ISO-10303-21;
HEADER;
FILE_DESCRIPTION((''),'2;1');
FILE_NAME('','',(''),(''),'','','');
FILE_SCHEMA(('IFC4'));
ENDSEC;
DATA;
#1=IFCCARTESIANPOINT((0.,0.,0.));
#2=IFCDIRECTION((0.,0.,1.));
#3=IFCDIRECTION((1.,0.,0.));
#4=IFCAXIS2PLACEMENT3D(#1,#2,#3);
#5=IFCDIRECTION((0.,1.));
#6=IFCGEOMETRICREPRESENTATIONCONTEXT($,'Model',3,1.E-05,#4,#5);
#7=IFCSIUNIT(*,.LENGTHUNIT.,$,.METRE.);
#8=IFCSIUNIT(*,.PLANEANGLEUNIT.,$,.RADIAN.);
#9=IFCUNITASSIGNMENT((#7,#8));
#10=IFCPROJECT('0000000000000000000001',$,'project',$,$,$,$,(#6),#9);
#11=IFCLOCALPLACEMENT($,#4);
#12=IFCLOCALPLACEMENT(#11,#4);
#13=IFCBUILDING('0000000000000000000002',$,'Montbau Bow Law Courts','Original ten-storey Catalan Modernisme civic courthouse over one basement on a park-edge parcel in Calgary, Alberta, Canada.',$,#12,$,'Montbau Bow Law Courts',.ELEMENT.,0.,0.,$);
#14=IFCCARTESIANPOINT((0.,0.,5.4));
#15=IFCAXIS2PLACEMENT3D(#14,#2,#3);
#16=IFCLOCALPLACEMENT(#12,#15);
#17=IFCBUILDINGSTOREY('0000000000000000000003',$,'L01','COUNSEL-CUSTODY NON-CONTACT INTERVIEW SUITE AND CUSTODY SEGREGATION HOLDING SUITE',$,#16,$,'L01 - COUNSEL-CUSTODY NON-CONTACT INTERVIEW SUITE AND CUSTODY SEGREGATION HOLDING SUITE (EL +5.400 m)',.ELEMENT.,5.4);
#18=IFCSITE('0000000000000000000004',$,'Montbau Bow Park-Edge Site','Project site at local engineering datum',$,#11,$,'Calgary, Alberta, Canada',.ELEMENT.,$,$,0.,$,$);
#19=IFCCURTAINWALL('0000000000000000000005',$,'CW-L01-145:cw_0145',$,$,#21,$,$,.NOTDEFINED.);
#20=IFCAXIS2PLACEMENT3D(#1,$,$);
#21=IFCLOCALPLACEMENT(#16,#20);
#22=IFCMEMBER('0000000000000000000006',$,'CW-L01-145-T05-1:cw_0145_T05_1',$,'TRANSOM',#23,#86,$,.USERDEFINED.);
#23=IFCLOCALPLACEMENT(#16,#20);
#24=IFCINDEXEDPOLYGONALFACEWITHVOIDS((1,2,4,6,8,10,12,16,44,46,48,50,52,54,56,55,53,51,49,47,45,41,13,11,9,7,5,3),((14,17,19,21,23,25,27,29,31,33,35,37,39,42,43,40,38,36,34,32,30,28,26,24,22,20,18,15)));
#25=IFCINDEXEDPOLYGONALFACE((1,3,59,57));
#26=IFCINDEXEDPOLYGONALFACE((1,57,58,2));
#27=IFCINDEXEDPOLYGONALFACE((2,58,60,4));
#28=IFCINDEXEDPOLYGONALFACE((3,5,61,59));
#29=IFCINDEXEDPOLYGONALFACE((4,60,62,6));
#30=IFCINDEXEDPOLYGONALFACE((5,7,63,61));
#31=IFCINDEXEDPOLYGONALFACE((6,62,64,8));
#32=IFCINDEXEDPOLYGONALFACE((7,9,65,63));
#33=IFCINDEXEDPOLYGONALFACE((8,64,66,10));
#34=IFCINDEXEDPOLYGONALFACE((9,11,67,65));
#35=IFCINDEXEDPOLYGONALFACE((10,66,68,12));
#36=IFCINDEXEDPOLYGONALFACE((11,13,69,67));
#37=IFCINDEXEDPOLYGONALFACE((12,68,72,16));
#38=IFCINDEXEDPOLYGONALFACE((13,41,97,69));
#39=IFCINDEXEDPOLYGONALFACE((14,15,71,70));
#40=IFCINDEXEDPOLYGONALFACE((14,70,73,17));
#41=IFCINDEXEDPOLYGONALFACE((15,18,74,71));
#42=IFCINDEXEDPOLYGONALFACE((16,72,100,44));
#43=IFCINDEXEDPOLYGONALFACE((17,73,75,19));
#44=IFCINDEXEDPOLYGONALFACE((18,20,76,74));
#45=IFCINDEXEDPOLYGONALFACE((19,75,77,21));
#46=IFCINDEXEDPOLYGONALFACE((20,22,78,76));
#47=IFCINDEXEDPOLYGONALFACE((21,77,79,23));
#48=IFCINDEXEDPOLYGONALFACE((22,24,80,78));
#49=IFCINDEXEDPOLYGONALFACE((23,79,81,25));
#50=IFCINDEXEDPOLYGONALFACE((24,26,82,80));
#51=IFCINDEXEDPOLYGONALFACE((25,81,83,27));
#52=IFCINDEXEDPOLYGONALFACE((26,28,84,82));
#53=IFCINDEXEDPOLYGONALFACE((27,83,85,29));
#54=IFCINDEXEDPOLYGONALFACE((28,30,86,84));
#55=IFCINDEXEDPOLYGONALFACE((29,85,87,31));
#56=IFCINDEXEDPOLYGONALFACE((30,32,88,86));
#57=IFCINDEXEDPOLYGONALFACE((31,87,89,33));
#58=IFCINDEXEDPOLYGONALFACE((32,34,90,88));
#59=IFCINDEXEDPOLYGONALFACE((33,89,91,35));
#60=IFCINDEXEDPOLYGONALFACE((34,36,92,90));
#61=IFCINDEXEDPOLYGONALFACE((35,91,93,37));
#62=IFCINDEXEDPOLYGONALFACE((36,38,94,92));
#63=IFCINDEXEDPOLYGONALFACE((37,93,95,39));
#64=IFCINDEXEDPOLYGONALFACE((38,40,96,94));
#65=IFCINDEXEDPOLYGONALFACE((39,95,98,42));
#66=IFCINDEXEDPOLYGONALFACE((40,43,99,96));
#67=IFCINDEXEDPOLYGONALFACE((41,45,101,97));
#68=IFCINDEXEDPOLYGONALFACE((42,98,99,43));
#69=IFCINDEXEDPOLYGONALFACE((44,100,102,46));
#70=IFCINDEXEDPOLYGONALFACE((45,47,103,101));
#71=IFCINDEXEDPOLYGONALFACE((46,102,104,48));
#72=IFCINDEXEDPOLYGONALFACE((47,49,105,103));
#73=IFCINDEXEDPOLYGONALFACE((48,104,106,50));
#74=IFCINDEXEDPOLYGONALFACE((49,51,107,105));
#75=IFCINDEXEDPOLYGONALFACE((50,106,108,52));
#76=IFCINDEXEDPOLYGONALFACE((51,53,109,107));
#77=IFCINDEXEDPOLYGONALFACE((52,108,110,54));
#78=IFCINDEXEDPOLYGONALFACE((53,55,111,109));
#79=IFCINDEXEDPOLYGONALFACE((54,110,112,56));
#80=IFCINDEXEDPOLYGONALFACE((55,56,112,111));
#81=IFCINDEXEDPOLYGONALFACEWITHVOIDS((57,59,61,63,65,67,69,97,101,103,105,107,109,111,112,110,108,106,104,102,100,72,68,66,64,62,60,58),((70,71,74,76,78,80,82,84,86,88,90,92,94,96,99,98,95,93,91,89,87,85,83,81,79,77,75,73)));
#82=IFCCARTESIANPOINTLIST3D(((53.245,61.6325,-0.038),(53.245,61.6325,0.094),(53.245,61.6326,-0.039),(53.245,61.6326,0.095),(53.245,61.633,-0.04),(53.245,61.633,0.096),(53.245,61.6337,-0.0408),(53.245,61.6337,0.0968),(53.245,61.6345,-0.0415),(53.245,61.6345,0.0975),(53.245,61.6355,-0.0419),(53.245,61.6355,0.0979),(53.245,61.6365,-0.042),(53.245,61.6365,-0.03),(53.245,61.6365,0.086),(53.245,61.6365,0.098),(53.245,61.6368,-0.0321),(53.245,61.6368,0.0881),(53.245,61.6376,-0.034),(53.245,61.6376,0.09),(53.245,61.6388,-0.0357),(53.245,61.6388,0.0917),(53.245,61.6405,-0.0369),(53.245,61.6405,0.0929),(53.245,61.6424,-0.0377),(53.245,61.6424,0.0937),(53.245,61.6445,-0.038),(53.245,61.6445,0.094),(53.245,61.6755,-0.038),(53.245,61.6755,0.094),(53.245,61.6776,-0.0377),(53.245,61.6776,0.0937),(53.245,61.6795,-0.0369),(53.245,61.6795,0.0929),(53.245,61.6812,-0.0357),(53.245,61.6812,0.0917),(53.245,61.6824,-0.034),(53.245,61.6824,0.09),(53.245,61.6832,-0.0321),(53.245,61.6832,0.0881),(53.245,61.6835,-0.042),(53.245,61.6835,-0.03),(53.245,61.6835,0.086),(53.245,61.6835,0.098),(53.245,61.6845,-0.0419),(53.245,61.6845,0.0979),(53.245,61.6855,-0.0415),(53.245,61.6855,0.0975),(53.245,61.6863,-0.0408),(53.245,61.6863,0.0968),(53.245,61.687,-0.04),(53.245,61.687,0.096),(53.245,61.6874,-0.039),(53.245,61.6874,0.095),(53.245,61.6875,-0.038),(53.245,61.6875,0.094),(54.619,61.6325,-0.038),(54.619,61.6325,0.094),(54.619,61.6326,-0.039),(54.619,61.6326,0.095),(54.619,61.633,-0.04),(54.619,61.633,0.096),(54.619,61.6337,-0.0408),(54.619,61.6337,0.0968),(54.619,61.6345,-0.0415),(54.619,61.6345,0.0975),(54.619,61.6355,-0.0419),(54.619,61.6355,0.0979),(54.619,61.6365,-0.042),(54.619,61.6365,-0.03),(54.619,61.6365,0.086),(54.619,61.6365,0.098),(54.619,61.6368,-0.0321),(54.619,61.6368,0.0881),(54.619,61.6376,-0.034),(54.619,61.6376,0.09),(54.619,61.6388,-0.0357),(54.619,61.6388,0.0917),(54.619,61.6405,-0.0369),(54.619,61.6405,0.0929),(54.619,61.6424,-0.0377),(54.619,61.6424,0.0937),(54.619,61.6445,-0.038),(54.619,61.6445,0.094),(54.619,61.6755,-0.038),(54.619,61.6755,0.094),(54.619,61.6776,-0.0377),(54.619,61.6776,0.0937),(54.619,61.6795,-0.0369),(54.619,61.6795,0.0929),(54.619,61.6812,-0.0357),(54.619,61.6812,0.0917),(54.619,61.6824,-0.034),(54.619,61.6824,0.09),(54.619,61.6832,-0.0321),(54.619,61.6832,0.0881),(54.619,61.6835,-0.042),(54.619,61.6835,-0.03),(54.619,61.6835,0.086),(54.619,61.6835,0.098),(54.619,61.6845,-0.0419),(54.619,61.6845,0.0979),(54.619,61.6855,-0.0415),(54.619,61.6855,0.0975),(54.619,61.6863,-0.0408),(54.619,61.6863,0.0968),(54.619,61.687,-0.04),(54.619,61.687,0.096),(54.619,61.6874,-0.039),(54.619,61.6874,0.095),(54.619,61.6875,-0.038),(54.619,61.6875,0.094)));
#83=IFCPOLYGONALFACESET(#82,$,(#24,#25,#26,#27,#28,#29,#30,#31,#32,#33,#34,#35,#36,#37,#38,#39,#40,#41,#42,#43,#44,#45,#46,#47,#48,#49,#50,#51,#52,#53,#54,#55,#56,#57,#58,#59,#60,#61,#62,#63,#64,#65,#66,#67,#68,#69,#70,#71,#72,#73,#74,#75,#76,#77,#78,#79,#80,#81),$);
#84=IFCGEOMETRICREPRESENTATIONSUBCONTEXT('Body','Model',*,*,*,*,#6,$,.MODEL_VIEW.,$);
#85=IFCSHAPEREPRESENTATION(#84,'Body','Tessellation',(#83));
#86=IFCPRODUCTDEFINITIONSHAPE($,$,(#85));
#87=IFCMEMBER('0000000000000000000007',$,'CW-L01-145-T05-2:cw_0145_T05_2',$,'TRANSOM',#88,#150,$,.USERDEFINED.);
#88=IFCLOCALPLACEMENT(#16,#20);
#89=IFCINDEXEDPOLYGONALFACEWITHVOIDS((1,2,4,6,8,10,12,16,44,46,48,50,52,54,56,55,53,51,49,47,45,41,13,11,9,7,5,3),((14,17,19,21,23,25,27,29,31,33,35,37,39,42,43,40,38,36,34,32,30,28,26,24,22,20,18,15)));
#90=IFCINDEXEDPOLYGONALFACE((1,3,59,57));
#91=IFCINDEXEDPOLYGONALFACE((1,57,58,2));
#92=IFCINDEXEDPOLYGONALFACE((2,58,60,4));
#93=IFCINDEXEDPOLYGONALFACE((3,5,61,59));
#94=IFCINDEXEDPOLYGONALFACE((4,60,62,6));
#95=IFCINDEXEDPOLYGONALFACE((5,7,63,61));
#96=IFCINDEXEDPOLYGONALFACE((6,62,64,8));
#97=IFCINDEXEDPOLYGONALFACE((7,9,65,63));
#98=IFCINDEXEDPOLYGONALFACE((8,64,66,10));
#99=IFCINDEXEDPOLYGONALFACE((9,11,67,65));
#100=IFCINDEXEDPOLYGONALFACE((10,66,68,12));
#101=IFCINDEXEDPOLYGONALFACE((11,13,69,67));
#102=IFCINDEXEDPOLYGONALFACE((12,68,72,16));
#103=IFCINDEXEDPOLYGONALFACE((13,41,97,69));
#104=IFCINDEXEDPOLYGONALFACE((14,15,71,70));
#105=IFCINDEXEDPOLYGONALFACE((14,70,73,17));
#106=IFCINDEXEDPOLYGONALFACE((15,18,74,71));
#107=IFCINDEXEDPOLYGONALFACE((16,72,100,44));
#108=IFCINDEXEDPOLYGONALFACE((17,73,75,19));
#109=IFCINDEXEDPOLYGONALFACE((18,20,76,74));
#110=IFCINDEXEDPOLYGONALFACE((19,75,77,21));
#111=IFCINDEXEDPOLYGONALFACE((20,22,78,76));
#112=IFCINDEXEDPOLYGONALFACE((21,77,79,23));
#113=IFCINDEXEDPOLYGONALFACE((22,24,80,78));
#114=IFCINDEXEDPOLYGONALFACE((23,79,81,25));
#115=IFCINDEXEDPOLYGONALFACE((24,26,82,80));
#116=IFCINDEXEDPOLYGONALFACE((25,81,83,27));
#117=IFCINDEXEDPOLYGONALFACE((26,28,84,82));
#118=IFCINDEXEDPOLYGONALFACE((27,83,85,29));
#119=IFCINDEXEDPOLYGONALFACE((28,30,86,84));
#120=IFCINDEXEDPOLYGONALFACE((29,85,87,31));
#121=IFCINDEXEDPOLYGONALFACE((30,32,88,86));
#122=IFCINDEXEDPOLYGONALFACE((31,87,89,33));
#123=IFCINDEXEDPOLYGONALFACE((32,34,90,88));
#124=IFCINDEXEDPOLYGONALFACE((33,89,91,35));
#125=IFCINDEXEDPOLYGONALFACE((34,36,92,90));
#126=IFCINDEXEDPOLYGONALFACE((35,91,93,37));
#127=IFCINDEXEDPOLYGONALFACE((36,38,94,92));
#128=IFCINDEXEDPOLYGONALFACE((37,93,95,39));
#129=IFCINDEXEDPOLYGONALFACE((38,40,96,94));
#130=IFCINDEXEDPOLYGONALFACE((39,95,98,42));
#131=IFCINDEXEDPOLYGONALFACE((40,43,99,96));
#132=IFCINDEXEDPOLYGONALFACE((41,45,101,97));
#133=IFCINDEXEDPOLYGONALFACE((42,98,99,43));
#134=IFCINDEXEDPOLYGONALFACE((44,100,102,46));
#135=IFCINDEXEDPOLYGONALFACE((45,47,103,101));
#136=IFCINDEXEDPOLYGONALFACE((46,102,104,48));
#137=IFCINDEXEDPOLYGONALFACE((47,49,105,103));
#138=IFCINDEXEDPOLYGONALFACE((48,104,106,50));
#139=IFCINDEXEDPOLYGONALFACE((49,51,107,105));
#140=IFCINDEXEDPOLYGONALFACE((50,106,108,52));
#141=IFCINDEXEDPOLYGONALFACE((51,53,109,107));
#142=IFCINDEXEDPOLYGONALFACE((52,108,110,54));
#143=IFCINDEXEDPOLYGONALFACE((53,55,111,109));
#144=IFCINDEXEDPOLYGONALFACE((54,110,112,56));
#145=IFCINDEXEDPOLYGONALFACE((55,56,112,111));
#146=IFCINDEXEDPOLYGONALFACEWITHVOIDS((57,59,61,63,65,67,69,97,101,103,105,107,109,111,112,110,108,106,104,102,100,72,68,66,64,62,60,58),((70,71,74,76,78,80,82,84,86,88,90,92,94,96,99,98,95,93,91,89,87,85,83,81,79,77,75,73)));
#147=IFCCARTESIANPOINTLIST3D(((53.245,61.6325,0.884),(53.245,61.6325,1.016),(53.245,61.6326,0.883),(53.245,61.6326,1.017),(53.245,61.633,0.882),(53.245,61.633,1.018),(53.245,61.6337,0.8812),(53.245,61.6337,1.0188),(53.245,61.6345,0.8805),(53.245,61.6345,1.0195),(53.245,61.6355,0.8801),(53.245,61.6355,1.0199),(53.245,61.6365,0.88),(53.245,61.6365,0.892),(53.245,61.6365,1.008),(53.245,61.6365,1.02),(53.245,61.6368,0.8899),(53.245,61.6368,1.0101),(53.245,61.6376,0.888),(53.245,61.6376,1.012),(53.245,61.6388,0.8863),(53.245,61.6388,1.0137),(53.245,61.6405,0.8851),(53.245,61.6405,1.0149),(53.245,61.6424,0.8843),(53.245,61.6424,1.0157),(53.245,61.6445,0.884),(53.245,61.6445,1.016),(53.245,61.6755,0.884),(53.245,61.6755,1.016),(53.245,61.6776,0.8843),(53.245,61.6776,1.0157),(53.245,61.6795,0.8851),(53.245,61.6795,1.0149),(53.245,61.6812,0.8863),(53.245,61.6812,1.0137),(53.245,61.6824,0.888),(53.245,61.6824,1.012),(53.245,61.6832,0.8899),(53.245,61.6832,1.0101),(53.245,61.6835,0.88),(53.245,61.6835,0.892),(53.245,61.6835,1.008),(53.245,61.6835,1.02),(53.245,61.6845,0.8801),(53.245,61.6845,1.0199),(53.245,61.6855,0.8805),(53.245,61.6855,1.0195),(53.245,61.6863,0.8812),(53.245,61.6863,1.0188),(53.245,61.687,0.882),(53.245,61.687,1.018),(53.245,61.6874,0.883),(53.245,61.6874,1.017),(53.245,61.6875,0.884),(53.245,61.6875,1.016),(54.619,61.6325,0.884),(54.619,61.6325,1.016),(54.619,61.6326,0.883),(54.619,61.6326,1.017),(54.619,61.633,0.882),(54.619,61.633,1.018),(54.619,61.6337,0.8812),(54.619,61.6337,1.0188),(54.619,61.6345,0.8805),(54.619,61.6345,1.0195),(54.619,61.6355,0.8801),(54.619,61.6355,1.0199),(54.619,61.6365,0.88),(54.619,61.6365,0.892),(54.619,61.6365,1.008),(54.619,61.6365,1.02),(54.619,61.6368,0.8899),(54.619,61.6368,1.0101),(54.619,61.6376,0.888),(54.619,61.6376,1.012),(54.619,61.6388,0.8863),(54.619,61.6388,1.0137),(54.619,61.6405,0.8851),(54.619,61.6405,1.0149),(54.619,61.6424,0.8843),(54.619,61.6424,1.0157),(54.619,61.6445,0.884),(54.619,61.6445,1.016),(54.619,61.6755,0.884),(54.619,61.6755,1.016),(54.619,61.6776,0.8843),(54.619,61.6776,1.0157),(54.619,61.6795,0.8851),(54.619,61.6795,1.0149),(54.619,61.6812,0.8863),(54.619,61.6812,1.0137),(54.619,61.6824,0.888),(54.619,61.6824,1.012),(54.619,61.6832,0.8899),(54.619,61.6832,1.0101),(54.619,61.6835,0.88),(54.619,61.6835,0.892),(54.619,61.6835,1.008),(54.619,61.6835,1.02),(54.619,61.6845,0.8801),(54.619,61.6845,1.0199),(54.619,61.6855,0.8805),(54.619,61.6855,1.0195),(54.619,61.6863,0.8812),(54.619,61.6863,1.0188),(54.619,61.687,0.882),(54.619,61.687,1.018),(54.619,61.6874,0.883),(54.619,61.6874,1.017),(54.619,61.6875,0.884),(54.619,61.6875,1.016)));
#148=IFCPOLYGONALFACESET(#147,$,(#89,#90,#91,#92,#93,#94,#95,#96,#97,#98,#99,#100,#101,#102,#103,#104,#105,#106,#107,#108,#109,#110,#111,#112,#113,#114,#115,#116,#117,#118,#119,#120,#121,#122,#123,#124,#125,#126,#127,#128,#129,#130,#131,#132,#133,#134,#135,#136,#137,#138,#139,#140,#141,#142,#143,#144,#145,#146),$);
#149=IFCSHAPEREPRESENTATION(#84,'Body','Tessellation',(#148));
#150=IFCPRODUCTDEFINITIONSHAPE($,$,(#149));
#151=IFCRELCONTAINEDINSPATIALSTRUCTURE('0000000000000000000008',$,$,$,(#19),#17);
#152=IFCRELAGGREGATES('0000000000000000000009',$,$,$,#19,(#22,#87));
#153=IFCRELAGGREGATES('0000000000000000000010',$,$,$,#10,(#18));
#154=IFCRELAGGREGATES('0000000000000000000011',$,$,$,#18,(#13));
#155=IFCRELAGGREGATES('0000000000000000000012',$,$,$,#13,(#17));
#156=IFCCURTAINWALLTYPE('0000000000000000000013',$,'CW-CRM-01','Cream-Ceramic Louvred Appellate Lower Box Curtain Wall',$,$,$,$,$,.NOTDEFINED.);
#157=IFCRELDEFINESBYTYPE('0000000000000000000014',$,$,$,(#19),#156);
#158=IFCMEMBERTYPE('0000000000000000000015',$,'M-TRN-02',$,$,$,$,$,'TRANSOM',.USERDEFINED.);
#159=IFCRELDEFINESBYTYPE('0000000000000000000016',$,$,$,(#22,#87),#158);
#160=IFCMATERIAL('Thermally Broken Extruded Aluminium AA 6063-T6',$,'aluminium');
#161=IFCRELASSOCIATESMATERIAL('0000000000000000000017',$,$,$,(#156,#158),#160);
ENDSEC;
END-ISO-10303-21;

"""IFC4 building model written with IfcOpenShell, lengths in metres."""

from ifc_helpers import new_model, si_unit, direction, frame, origin_with_axes, origin_2d_with_axis, place, context, subcontext, project, spatial, hollow_rectangle, extrude, material, material_profile, profile_set, type_object, element, aggregate, save


model = new_model("IFC4")

# Units and contexts
model_context = context("Model", 3, precision=1e-05, world=origin_with_axes(), true_north=direction((0.0, 1.0)))
body_context = subcontext(model_context, "Body", "Model", "MODEL_VIEW")
ifc_project = project(units=[si_unit("LENGTHUNIT", "METRE"), si_unit("PLANEANGLEUNIT", "RADIAN")], contexts=[model_context])

# Site, building, storey
site_placement = place(None, origin_with_axes())
site = spatial("IfcSite", under=ifc_project, at=site_placement, Name="Montbau Bow Park-Edge Site", Description="Project site at local engineering datum", LongName="Calgary, Alberta, Canada", CompositionType="ELEMENT", RefElevation=0.0)
building_placement = place(site_placement, origin_with_axes())
building = spatial("IfcBuilding", under=site, at=building_placement, Name="Montbau Bow Law Courts", Description="Original ten-storey Catalan Modernisme civic courthouse over one basement on a park-edge parcel in Calgary, Alberta, Canada.", LongName="Montbau Bow Law Courts", CompositionType="ELEMENT", ElevationOfRefHeight=0.0, ElevationOfTerrain=0.0)
storey_placement = place(building_placement, frame((0.0, 0.0, 5.4), z_axis=(0.0, 0.0, 1.0), x_axis=(1.0, 0.0, 0.0)))
storey = spatial("IfcBuildingStorey", under=building, at=storey_placement, Name="L01", Description="COUNSEL-CUSTODY NON-CONTACT INTERVIEW SUITE AND CUSTODY SEGREGATION HOLDING SUITE", LongName="L01 - COUNSEL-CUSTODY NON-CONTACT INTERVIEW SUITE AND CUSTODY SEGREGATION HOLDING SUITE (EL +5.400 m)", CompositionType="ELEMENT", Elevation=5.4)

# Curtain wall
ifc_material_1 = material(Name="Thermally Broken Extruded Aluminium AA 6063-T6", Category="aluminium")
curtain_wall_type = type_object("IfcCurtainWallType", Name="CW-CRM-01", Description="Cream-Ceramic Louvred Appellate Lower Box Curtain Wall", PredefinedType="NOTDEFINED", material=ifc_material_1)
curtain_wall_1_placement = place(None, frame((47.315, 61.66, 5.4), z_axis=(0.0, 0.0, 1.0), x_axis=(1.0, 0.0, 0.0)))
curtain_wall_1 = element("IfcCurtainWall", 1, at=curtain_wall_1_placement, inside=storey, type_object=curtain_wall_type, Name="CW-L01-145:cw_0145", PredefinedType="NOTDEFINED")

# Members
ifc_material_profile_1 = material_profile(ifc_material_1, hollow_rectangle(XDim=0.055, YDim=0.14, WallThickness=0.004, InnerFilletRadius=0.008, OuterFilletRadius=0.004, at=origin_2d_with_axis()), Name="CWT-140X55", Category="Main", Priority=0)
ifc_profile_set_1 = profile_set([ifc_material_profile_1], Name="Thermally Broken Extruded Aluminium AA 6063-T6")
member_type_1 = type_object("IfcMemberType", Name="M-TRN-02", ElementType="TRANSOM", PredefinedType="USERDEFINED", material=ifc_profile_set_1)
member_1_placement = place(None, frame((53.245, 61.66, 5.428), z_axis=(1.0, 0.0, 0.0), x_axis=(0.0, 1.0, 0.0)))
member_1 = element("IfcMember", 2, at=member_1_placement, type_object=member_type_1, Name="CW-L01-145-T05-1:cw_0145_T05_1", ObjectType="TRANSOM", PredefinedType="USERDEFINED", context=body_context, shape_type="SweptSolid", body=[
    extrude(hollow_rectangle(XDim=0.055, YDim=0.14, WallThickness=0.004, InnerFilletRadius=0.008, OuterFilletRadius=0.004, at=origin_2d_with_axis()), origin_with_axes(), (0.0, 0.0, 1.0), 1.374),
])
member_2_placement = place(None, frame((53.245, 61.66, 6.35), z_axis=(1.0, 0.0, 0.0), x_axis=(0.0, 1.0, 0.0)))
member_2 = element("IfcMember", 3, at=member_2_placement, type_object=member_type_1, Name="CW-L01-145-T05-2:cw_0145_T05_2", ObjectType="TRANSOM", PredefinedType="USERDEFINED", context=body_context, shape_type="SweptSolid", body=[
    extrude(hollow_rectangle(XDim=0.055, YDim=0.14, WallThickness=0.004, InnerFilletRadius=0.008, OuterFilletRadius=0.004, at=origin_2d_with_axis()), origin_with_axes(), (0.0, 0.0, 1.0), 1.374),
])

aggregate(curtain_wall_1, [member_1, member_2])

save(model, "model.ifc")
